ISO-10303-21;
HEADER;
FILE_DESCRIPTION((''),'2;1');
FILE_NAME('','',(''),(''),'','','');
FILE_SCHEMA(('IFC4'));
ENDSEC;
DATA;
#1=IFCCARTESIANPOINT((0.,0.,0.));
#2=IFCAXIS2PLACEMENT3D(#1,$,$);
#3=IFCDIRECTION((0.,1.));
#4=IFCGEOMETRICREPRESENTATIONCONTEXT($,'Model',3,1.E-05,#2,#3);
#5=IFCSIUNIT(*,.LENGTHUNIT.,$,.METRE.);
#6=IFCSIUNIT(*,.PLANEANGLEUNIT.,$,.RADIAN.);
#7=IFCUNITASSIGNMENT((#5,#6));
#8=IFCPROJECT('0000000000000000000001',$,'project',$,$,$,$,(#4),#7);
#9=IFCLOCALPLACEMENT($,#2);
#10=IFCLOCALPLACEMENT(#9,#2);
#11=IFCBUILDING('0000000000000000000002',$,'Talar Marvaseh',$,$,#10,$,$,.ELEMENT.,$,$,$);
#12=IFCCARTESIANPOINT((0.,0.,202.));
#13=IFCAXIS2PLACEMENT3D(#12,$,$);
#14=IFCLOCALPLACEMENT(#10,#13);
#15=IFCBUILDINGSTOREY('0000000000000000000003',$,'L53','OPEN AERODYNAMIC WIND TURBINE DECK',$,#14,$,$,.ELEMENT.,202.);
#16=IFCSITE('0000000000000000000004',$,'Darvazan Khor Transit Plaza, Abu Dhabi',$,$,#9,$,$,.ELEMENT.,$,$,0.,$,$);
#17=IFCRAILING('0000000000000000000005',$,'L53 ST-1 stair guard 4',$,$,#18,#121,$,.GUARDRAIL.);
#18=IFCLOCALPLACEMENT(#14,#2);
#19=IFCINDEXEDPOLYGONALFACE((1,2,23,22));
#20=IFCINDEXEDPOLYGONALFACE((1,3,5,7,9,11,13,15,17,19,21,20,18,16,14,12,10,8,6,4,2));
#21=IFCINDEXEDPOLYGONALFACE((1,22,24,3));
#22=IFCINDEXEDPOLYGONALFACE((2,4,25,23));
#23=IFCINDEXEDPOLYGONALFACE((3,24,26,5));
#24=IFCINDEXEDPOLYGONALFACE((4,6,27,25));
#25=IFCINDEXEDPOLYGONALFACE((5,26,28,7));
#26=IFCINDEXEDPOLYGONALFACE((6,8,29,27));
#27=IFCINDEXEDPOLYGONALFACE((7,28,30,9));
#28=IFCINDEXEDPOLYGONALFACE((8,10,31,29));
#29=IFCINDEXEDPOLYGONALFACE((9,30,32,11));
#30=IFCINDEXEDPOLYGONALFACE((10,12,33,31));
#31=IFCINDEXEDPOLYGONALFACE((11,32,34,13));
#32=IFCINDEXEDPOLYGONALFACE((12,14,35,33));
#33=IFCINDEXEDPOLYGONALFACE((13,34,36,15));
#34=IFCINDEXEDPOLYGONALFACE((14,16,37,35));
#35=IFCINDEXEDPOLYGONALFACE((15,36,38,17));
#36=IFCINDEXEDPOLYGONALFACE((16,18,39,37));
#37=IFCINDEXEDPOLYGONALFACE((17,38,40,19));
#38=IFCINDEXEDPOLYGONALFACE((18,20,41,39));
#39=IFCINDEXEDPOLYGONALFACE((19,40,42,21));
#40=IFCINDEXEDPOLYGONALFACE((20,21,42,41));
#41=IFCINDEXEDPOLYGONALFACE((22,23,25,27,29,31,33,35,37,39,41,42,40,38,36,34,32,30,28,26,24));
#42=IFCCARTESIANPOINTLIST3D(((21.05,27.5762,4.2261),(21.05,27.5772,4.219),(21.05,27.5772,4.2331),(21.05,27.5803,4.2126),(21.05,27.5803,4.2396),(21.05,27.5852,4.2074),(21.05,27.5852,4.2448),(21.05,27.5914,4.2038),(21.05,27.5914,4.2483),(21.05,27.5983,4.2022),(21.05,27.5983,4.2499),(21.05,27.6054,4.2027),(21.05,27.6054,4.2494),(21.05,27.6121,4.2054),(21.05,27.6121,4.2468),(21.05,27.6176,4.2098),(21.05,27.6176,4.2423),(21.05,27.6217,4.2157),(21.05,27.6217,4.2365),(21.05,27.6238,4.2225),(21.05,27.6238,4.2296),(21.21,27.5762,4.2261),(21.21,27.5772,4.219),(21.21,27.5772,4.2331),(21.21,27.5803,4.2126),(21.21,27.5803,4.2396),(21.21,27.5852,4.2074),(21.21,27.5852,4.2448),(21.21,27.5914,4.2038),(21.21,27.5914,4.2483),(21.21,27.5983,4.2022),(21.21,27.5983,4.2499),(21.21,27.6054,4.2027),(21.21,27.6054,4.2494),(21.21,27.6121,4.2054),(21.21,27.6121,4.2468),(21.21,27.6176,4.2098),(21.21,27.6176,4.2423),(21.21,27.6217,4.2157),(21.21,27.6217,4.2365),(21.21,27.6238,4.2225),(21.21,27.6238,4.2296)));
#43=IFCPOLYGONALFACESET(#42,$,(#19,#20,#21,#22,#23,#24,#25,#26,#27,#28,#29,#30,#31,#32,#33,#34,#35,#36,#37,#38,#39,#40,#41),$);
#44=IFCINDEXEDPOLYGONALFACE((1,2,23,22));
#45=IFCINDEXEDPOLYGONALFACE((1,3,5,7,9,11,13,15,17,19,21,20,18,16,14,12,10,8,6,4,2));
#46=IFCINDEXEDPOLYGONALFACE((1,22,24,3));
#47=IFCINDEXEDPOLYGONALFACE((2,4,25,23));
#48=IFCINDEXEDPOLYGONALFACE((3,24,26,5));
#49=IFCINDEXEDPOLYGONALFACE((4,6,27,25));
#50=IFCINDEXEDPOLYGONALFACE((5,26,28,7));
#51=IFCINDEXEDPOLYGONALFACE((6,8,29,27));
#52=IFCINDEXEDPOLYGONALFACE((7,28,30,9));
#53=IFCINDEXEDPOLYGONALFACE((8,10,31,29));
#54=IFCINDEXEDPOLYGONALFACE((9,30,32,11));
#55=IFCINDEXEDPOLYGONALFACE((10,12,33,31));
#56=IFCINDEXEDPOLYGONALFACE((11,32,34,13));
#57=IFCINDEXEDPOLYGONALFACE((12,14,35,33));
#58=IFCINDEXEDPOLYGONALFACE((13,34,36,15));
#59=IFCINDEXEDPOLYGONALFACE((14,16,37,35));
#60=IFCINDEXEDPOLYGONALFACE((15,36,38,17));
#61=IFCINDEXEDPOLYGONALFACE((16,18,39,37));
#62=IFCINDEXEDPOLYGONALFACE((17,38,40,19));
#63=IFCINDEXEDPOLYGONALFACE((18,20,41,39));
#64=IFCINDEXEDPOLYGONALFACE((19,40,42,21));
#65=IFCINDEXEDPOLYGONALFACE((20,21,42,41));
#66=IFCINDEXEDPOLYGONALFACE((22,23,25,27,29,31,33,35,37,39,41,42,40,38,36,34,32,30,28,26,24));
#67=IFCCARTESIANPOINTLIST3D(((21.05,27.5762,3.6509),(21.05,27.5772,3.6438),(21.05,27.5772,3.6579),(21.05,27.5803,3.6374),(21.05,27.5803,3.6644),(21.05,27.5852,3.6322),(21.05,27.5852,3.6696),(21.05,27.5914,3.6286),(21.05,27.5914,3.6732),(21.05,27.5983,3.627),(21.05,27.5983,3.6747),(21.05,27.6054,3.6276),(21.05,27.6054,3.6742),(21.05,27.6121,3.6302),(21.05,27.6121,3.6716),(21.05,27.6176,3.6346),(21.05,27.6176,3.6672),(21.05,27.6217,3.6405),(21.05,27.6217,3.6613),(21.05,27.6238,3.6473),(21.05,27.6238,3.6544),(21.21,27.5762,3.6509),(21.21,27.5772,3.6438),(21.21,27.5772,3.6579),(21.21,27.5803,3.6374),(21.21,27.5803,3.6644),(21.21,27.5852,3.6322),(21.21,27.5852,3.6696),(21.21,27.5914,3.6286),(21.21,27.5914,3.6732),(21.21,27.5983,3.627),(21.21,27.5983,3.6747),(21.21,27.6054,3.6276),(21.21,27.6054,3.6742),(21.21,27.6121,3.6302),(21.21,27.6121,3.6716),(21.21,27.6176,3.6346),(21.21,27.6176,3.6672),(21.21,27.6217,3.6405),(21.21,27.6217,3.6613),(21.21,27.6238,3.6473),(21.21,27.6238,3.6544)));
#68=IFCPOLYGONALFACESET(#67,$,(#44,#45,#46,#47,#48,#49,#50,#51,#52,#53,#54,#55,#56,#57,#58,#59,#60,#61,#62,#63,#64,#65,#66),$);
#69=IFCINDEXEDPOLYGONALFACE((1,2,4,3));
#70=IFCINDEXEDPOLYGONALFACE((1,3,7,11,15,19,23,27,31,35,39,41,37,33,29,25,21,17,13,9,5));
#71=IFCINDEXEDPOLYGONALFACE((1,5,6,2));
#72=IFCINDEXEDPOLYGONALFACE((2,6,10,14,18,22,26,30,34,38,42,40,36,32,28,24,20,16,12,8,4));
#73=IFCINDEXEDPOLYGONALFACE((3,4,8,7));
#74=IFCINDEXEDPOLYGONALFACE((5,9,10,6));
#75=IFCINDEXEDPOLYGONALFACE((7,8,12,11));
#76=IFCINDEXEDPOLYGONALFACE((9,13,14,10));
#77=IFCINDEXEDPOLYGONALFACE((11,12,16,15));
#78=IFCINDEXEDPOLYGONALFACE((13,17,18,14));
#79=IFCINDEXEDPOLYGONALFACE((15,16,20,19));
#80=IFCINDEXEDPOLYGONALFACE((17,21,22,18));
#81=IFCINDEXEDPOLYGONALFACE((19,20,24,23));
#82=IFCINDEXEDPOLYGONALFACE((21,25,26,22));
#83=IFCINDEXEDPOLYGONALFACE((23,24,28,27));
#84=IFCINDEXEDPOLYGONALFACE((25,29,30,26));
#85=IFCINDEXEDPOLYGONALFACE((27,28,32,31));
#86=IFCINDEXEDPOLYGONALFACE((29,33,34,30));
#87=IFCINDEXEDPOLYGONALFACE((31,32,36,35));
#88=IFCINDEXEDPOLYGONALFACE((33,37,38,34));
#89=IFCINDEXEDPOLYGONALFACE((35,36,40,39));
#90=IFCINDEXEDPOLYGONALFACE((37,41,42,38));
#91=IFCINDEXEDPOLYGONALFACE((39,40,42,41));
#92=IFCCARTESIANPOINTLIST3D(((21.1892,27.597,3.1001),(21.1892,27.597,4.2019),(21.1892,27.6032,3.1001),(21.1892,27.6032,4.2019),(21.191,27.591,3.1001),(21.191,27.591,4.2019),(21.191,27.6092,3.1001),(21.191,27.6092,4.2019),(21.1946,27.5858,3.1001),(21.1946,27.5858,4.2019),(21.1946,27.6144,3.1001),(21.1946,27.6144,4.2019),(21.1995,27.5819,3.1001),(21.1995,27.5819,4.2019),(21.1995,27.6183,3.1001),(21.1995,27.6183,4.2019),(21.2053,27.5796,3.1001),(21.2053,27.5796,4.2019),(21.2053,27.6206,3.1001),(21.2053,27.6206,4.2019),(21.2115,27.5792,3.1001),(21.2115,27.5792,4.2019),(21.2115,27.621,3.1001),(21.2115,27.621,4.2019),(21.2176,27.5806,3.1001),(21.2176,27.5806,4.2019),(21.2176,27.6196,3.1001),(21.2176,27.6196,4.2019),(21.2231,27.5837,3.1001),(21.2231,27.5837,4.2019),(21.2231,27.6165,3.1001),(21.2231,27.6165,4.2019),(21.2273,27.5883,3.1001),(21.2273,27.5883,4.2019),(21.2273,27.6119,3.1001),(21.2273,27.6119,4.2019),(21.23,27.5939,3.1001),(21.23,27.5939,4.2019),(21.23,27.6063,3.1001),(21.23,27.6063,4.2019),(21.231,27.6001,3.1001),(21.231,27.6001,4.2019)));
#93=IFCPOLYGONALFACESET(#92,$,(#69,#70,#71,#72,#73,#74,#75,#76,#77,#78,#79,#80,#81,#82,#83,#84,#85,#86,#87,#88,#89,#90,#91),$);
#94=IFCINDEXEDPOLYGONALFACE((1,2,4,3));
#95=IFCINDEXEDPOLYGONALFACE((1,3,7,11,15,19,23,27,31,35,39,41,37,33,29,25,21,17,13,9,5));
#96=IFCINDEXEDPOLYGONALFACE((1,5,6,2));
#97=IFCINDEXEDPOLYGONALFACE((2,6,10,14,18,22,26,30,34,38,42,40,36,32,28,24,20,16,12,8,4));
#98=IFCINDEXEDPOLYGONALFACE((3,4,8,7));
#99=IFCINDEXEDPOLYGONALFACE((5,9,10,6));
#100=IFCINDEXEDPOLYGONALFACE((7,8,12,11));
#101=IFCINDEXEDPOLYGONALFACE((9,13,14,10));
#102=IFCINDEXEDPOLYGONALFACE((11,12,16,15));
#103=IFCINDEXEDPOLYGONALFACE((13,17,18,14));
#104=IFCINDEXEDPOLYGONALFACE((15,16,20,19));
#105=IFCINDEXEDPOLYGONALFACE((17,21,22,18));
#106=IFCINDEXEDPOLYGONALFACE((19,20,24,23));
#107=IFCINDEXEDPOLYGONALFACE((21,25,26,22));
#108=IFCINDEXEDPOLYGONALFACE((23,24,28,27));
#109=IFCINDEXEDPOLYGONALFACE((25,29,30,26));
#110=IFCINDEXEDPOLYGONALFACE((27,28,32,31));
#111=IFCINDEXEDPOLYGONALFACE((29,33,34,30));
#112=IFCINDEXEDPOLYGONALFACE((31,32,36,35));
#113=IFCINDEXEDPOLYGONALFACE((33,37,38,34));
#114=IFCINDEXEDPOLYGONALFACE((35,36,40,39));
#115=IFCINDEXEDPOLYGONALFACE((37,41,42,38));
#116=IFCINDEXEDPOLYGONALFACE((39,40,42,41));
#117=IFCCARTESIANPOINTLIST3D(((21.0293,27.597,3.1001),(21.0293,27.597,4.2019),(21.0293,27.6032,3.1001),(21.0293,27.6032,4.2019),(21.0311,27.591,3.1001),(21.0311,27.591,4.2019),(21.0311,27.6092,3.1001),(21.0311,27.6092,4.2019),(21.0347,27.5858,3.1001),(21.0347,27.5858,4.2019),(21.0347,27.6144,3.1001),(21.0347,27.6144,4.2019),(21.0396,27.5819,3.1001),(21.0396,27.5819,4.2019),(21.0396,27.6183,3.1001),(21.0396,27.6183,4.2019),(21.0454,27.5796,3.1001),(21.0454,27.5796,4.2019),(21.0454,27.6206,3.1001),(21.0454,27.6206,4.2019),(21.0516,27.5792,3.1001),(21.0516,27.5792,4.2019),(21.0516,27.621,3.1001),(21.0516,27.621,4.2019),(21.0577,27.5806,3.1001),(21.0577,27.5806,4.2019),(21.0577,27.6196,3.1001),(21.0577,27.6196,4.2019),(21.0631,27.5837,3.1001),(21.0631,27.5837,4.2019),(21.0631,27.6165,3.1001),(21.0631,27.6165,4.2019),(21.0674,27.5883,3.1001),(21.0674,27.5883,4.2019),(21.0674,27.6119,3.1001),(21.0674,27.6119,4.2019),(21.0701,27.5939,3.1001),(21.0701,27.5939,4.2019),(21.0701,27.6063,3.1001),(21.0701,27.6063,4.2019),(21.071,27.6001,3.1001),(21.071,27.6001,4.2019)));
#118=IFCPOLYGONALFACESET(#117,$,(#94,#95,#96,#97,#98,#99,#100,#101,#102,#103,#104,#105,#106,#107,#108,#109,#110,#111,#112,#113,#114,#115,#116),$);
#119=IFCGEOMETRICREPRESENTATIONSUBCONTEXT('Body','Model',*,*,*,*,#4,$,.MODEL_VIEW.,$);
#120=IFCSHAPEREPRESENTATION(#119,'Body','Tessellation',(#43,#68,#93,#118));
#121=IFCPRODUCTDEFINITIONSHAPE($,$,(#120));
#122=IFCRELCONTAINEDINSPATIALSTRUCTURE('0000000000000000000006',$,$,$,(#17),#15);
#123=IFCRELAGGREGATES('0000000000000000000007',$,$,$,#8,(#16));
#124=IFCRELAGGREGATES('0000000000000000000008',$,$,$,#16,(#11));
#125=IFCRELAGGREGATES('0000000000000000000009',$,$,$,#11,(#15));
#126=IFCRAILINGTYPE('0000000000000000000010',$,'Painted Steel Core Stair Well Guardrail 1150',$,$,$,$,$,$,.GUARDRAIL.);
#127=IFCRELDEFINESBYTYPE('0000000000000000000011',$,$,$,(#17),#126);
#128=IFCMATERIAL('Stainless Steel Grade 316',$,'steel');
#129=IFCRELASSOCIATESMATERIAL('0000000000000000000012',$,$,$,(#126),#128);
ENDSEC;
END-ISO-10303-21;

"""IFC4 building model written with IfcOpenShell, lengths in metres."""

from ifc_helpers import new_model, si_unit, direction, frame, origin, origin_2d, place, context, subcontext, project, spatial, circle, extrude, material, type_object, element, save


model = new_model("IFC4")

# Units and contexts
model_context = context("Model", 3, precision=1e-05, world=origin(), true_north=direction((0.0, 1.0)))
body_context = subcontext(model_context, "Body", "Model", "MODEL_VIEW")
ifc_project = project(units=[si_unit("LENGTHUNIT", "METRE"), si_unit("PLANEANGLEUNIT", "RADIAN")], contexts=[model_context])

# Site, building, storey
site_placement = place(None, origin())
site = spatial("IfcSite", under=ifc_project, at=site_placement, Name="Darvazan Khor Transit Plaza, Abu Dhabi", CompositionType="ELEMENT", RefElevation=0.0)
building_placement = place(site_placement, origin())
building = spatial("IfcBuilding", under=site, at=building_placement, Name="Talar Marvaseh", CompositionType="ELEMENT")
storey_placement = place(building_placement, frame((0.0, 0.0, 202.0)))
storey = spatial("IfcBuildingStorey", under=building, at=storey_placement, Name="L53", Description="OPEN AERODYNAMIC WIND TURBINE DECK", CompositionType="ELEMENT", Elevation=202.0)

# Railing
ifc_material_1 = material(Name="Stainless Steel Grade 316", Category="steel")
railing_type_1 = type_object("IfcRailingType", Name="Painted Steel Core Stair Well Guardrail 1150", PredefinedType="GUARDRAIL", material=ifc_material_1)
railing_1_placement = place(storey_placement, frame((21.21, 27.6001, 3.1001)))
element("IfcRailing", 1, at=railing_1_placement, inside=storey, type_object=railing_type_1, Name="L53 ST-1 stair guard 4", PredefinedType="GUARDRAIL", context=body_context, shape_type="SweptSolid", body=[
    extrude(circle(Radius=0.0239, at=origin_2d()), frame((0.0, 0.0, 1.126), z_axis=(-1.0, 0.0, 0.0), x_axis=(0.0, -1.0, 0.0)), (0.0, 0.0, 1.0), 0.1599),
    extrude(circle(Radius=0.0239, at=origin_2d()), frame((0.0, 0.0, 0.5508), z_axis=(-1.0, 0.0, 0.0), x_axis=(0.0, -1.0, 0.0)), (0.0, 0.0, 1.0), 0.1599),
    extrude(circle(Radius=0.021, at=origin_2d()), origin(), (0.0, 0.0, 1.0), 1.1018),
    extrude(circle(Radius=0.021, at=origin_2d()), frame((-0.1599, 0.0, 0.0)), (0.0, 0.0, 1.0), 1.1018),
])

save(model, "model.ifc")
